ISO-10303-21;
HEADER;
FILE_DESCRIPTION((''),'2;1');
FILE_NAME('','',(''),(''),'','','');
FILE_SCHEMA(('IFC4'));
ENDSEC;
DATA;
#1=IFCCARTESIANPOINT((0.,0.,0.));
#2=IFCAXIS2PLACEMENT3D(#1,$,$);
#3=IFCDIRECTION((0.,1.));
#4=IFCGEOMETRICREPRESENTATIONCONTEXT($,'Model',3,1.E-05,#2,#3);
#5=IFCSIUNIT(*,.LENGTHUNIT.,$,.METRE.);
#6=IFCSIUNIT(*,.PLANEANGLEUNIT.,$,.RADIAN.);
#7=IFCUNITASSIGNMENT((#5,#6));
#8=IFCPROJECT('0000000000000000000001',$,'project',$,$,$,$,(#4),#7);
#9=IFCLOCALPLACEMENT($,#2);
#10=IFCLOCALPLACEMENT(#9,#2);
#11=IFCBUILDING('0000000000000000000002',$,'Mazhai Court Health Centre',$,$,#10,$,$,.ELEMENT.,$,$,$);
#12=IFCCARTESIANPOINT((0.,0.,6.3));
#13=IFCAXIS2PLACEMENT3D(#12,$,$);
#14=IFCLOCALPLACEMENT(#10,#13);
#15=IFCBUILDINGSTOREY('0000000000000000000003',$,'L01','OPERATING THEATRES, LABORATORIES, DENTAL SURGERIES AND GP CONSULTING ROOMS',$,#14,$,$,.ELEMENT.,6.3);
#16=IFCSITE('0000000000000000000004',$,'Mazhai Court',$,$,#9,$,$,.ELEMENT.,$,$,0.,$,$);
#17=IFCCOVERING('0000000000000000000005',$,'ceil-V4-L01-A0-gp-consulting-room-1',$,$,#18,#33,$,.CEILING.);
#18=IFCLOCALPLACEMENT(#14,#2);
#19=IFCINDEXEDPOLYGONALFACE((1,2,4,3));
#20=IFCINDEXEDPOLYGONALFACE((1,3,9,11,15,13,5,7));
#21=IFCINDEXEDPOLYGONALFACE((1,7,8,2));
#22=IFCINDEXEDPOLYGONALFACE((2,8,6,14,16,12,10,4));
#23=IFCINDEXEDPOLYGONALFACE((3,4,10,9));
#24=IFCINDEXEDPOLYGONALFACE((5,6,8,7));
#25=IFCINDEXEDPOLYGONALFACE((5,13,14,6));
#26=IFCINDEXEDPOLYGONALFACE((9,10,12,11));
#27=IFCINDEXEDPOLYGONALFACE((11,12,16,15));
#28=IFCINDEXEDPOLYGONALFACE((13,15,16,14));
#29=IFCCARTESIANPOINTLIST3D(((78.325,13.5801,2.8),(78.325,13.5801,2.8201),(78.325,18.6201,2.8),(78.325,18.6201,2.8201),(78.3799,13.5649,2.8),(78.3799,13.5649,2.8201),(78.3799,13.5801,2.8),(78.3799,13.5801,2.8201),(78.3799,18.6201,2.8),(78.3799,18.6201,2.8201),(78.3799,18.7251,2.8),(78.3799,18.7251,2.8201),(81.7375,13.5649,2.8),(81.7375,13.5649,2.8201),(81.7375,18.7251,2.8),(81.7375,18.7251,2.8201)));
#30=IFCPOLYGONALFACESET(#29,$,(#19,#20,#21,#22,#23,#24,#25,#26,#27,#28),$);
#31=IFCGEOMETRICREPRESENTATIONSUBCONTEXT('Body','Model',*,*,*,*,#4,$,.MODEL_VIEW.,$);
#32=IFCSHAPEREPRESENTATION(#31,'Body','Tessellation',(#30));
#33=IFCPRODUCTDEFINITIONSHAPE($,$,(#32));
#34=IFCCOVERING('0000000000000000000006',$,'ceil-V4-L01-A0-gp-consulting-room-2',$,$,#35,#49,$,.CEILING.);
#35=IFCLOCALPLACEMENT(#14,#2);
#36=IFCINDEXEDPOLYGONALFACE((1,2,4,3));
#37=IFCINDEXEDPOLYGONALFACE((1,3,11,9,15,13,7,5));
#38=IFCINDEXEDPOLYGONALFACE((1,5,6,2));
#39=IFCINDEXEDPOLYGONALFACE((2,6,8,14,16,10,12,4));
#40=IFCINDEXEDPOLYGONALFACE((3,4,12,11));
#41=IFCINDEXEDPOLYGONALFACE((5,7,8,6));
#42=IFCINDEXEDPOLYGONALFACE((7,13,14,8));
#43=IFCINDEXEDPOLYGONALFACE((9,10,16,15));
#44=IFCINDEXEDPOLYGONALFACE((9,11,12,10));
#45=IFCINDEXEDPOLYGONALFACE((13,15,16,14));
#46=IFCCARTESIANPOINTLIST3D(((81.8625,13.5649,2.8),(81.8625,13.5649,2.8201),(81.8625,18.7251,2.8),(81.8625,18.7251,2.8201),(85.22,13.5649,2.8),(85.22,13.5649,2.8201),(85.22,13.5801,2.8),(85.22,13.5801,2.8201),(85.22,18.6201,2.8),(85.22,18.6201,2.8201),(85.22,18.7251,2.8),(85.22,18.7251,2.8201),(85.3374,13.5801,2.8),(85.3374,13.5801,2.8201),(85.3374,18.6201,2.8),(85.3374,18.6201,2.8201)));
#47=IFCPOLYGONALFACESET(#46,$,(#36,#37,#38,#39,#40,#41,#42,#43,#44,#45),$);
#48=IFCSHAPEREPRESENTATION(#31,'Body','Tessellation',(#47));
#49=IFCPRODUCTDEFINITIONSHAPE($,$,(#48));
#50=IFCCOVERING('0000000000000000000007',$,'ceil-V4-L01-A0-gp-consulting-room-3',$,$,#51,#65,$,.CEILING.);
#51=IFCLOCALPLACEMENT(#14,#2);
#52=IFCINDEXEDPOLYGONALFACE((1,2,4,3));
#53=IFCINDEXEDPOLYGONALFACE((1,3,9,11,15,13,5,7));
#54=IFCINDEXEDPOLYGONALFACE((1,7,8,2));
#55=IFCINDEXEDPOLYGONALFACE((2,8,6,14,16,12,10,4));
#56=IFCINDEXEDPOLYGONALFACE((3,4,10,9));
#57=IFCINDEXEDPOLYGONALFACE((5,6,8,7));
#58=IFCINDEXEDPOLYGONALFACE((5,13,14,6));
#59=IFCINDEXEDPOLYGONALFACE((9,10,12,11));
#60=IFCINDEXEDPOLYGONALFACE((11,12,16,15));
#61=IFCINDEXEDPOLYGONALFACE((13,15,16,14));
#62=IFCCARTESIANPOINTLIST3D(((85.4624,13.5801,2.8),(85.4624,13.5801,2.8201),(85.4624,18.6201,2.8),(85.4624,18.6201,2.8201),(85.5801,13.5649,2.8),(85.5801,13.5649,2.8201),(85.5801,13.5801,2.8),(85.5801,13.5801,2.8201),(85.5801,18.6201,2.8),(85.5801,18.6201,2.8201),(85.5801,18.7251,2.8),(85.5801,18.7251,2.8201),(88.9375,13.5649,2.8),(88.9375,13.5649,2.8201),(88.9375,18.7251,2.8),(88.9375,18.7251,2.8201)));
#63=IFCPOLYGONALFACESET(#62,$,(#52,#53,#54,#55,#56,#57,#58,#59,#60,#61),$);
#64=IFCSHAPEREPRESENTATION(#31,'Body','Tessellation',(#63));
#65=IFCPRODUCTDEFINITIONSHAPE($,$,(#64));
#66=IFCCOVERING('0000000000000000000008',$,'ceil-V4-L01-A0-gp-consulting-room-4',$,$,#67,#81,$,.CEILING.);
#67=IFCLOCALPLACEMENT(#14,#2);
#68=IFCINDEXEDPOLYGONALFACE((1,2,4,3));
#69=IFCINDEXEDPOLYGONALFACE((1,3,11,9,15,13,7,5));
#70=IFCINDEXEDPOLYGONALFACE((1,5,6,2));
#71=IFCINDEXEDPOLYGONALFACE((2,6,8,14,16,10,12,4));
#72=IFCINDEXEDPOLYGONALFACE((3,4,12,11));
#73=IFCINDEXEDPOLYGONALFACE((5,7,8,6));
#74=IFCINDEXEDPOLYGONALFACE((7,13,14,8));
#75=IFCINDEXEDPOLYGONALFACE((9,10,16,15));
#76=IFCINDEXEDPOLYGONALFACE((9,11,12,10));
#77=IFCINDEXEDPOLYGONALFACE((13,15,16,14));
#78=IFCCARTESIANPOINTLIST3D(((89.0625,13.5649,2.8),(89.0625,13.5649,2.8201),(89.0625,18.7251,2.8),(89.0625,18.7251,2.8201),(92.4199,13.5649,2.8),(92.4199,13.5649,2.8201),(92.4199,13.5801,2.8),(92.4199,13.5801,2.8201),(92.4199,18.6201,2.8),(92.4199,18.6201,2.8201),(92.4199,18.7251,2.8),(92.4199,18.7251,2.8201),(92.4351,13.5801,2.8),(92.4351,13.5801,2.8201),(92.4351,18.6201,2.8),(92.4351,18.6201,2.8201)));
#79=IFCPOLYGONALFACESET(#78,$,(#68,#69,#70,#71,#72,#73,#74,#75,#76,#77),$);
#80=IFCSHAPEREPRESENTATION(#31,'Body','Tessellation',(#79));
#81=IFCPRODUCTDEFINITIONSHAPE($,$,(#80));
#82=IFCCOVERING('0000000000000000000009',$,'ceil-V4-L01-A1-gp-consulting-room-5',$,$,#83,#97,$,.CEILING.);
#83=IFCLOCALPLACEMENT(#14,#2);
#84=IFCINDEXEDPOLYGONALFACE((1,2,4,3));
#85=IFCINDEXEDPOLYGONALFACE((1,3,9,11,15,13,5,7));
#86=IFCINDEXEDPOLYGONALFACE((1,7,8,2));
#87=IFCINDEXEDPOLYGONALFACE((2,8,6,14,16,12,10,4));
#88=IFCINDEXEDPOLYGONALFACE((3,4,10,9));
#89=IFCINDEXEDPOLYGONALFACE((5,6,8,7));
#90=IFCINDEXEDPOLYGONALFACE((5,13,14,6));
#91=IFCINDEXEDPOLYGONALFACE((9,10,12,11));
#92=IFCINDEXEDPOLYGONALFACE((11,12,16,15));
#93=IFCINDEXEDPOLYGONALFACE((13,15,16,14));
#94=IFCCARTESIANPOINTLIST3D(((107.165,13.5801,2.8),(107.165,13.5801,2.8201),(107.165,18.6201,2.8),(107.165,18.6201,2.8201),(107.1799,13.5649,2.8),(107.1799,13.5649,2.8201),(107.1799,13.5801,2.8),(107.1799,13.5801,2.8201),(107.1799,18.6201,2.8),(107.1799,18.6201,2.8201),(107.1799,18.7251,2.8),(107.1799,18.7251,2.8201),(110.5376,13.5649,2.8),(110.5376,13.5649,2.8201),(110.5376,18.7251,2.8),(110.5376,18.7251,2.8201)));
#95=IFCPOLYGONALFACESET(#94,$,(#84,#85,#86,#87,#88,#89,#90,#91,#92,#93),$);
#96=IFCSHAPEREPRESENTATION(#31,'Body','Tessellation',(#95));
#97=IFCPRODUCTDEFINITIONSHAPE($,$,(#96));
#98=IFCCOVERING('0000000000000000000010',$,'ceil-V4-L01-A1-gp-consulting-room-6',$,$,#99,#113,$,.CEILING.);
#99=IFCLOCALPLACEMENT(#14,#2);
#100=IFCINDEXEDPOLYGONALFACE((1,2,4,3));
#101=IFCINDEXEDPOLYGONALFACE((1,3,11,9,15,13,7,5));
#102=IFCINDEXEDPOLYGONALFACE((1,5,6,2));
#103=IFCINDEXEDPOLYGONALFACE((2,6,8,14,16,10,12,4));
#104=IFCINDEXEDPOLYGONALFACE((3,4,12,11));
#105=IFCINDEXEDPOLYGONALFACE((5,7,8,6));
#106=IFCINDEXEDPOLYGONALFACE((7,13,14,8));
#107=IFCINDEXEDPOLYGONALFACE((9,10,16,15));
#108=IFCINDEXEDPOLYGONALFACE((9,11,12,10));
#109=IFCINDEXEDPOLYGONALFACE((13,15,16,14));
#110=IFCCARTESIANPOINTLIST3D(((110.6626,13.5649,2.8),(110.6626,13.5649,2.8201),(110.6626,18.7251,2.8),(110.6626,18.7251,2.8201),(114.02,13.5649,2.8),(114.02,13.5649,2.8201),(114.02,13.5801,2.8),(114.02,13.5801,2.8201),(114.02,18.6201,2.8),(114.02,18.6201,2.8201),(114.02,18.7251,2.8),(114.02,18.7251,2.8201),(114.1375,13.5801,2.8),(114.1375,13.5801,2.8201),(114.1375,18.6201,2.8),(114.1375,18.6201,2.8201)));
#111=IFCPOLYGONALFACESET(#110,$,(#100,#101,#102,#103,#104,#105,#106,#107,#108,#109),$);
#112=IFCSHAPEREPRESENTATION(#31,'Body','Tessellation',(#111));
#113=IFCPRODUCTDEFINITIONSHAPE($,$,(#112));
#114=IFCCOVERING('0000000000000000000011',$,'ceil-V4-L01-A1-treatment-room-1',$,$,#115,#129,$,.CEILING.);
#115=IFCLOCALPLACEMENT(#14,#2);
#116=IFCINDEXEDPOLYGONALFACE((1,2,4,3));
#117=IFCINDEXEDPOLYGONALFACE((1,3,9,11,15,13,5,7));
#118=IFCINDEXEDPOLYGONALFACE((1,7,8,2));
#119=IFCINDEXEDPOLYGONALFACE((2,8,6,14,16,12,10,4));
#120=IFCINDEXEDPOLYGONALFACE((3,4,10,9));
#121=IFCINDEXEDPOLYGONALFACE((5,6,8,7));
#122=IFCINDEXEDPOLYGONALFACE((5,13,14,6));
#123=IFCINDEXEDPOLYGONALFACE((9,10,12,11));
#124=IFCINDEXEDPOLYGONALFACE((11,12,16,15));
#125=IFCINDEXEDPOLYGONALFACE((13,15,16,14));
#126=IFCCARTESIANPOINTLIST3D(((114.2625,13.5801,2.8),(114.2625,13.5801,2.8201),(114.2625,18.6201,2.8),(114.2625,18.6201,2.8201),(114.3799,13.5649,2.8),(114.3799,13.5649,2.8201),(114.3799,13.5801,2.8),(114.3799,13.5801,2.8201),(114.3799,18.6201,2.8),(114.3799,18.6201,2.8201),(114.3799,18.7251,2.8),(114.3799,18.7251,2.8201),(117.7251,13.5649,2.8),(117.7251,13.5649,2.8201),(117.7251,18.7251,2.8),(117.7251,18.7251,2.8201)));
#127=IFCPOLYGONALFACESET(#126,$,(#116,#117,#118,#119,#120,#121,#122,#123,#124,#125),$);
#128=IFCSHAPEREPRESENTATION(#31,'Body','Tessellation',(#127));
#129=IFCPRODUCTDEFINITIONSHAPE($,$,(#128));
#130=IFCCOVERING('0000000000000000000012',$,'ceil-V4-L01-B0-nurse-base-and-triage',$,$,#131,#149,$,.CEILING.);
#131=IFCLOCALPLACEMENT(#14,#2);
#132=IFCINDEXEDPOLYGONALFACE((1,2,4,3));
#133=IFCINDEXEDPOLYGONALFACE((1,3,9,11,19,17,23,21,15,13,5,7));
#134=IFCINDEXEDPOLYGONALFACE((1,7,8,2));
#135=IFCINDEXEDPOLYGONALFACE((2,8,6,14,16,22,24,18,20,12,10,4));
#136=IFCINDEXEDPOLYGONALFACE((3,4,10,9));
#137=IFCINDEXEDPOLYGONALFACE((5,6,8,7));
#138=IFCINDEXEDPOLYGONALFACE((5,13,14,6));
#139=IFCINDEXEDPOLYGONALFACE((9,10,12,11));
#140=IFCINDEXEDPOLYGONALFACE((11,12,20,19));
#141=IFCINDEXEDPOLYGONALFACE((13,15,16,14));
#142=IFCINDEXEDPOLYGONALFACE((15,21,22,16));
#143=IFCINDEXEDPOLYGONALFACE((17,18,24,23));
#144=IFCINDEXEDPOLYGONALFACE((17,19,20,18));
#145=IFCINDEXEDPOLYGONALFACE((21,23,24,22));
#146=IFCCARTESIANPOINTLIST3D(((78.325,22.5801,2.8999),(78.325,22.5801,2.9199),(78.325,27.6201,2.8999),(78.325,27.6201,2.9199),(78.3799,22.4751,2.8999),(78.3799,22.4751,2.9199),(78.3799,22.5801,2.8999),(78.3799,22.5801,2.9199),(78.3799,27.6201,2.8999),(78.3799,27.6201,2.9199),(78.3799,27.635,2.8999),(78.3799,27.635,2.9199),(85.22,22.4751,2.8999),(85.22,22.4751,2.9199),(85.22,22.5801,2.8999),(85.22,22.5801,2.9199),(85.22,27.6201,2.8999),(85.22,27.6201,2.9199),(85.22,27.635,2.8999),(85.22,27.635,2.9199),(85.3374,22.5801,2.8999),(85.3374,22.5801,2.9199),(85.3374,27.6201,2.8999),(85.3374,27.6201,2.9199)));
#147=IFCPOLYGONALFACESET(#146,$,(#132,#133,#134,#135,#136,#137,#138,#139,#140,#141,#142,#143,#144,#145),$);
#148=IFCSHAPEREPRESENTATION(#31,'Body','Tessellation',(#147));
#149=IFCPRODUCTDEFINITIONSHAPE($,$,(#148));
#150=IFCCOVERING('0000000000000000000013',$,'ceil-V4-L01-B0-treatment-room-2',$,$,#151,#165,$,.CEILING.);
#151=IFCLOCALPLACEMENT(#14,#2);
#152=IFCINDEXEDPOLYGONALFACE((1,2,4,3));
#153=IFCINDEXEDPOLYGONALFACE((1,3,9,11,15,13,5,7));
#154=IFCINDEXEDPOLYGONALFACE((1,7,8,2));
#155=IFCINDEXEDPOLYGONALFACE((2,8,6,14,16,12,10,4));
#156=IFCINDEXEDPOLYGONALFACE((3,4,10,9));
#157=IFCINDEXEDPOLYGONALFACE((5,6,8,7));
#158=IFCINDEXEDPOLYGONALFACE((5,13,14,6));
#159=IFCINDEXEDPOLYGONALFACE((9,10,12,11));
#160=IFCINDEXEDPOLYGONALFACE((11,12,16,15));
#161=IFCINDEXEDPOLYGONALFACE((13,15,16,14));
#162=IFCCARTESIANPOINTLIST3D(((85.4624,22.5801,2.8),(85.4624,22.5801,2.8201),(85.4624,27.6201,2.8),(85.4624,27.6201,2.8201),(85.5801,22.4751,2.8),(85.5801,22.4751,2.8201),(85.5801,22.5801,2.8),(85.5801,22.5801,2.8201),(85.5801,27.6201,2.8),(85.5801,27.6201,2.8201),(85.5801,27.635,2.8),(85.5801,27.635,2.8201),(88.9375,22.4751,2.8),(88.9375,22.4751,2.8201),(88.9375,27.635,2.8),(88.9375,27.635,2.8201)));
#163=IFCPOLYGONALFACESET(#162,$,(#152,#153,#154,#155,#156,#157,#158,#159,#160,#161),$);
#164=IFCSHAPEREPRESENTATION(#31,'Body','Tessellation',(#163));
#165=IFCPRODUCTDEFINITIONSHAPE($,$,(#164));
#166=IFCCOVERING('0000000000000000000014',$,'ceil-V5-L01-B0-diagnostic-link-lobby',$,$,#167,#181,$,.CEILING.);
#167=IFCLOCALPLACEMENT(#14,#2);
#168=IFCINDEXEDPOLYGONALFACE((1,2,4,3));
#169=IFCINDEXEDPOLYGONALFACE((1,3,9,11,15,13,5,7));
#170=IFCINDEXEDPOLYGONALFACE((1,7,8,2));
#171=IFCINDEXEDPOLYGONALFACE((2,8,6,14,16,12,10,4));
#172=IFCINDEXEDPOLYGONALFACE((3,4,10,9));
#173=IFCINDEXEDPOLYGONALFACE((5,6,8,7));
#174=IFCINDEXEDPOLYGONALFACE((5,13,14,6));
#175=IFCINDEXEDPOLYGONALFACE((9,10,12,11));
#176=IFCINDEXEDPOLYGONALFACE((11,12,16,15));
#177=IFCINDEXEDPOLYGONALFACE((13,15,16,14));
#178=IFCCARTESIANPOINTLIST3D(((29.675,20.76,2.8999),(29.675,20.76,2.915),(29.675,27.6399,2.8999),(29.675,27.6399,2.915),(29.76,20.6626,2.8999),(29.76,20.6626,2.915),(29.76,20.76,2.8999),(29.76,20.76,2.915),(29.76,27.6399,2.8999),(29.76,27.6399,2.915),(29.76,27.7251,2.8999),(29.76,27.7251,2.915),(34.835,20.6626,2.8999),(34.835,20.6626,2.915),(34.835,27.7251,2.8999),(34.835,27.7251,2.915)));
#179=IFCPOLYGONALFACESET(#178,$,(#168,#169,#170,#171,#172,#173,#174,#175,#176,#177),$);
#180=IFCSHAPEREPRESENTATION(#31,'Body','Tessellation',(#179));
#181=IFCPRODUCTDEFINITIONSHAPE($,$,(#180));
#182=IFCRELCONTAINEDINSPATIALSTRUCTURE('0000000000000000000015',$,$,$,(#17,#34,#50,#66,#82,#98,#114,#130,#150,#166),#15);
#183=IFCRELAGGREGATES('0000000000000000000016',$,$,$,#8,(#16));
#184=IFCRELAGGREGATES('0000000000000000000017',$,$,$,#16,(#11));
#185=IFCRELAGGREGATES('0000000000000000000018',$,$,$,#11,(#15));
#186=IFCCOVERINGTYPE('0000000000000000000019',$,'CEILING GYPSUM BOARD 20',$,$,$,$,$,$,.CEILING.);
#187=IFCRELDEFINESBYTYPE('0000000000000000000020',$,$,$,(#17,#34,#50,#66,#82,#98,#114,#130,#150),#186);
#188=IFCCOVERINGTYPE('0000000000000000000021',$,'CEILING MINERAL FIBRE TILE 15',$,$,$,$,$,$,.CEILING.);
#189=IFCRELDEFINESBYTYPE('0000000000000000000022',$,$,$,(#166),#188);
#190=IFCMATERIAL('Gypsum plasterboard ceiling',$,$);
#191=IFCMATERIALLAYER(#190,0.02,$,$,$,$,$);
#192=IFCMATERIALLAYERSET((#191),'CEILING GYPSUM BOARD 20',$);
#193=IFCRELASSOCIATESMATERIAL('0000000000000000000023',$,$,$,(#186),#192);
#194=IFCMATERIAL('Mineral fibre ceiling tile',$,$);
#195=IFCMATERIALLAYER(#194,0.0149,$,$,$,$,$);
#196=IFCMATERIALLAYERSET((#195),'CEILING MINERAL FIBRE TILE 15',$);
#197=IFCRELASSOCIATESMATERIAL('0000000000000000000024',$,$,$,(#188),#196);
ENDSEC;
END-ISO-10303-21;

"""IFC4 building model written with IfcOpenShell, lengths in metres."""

from ifc_helpers import new_model, si_unit, direction, frame, origin, place, context, subcontext, project, spatial, polyline, outline, extrude, material, layer, layer_set, type_object, element, save


model = new_model("IFC4")

# Units and contexts
model_context = context("Model", 3, precision=1e-05, world=origin(), true_north=direction((0.0, 1.0)))
body_context = subcontext(model_context, "Body", "Model", "MODEL_VIEW")
ifc_project = project(units=[si_unit("LENGTHUNIT", "METRE"), si_unit("PLANEANGLEUNIT", "RADIAN")], contexts=[model_context])

# Site, building, storey
site_placement = place(None, origin())
site = spatial("IfcSite", under=ifc_project, at=site_placement, Name="Mazhai Court", CompositionType="ELEMENT", RefElevation=0.0)
building_placement = place(site_placement, origin())
building = spatial("IfcBuilding", under=site, at=building_placement, Name="Mazhai Court Health Centre", CompositionType="ELEMENT")
storey_placement = place(building_placement, frame((0.0, 0.0, 6.3)))
storey = spatial("IfcBuildingStorey", under=building, at=storey_placement, Name="L01", Description="OPERATING THEATRES, LABORATORIES, DENTAL SURGERIES AND GP CONSULTING ROOMS", CompositionType="ELEMENT", Elevation=6.3)

# Coverings
ifc_material_1 = material(Name="Gypsum plasterboard ceiling")
ifc_layer_1 = layer(ifc_material_1, 0.02)
ifc_layer_set_1 = layer_set([ifc_layer_1], Name="CEILING GYPSUM BOARD 20")
covering_type_1 = type_object("IfcCoveringType", Name="CEILING GYPSUM BOARD 20", PredefinedType="CEILING", material=ifc_layer_set_1)
covering_1_placement = place(storey_placement, frame((0.0, 0.0, 2.8)))
element("IfcCovering", 1, at=covering_1_placement, inside=storey, type_object=covering_type_1, Name="ceil-V4-L01-A0-gp-consulting-room-1", PredefinedType="CEILING", context=body_context, shape_type="SweptSolid", body=[
    extrude(outline(polyline([(78.3799, 18.7251), (78.3799, 18.6201), (78.325, 18.6201), (78.325, 13.5801), (78.3799, 13.5801), (78.3799, 13.5649), (81.7375, 13.5649), (81.7375, 18.7251), (78.3799, 18.7251)])), origin(), (0.0, 0.0, 1.0), 0.02),
])
covering_2_placement = place(storey_placement, frame((0.0, 0.0, 2.8)))
element("IfcCovering", 2, at=covering_2_placement, inside=storey, type_object=covering_type_1, Name="ceil-V4-L01-A0-gp-consulting-room-2", PredefinedType="CEILING", context=body_context, shape_type="SweptSolid", body=[
    extrude(outline(polyline([(85.3374, 18.6201), (85.22, 18.6201), (85.22, 18.7251), (81.8625, 18.7251), (81.8625, 13.5649), (85.22, 13.5649), (85.22, 13.5801), (85.3374, 13.5801), (85.3374, 18.6201)])), origin(), (0.0, 0.0, 1.0), 0.02),
])
covering_3_placement = place(storey_placement, frame((0.0, 0.0, 2.8)))
element("IfcCovering", 3, at=covering_3_placement, inside=storey, type_object=covering_type_1, Name="ceil-V4-L01-A0-gp-consulting-room-3", PredefinedType="CEILING", context=body_context, shape_type="SweptSolid", body=[
    extrude(outline(polyline([(85.5801, 18.7251), (85.5801, 18.6201), (85.4624, 18.6201), (85.4624, 13.5801), (85.5801, 13.5801), (85.5801, 13.5649), (88.9375, 13.5649), (88.9375, 18.7251), (85.5801, 18.7251)])), origin(), (0.0, 0.0, 1.0), 0.02),
])
covering_4_placement = place(storey_placement, frame((0.0, 0.0, 2.8)))
element("IfcCovering", 4, at=covering_4_placement, inside=storey, type_object=covering_type_1, Name="ceil-V4-L01-A0-gp-consulting-room-4", PredefinedType="CEILING", context=body_context, shape_type="SweptSolid", body=[
    extrude(outline(polyline([(92.4351, 18.6201), (92.4199, 18.6201), (92.4199, 18.7251), (89.0625, 18.7251), (89.0625, 13.5649), (92.4199, 13.5649), (92.4199, 13.5801), (92.4351, 13.5801), (92.4351, 18.6201)])), origin(), (0.0, 0.0, 1.0), 0.02),
])
covering_5_placement = place(storey_placement, frame((0.0, 0.0, 2.8)))
element("IfcCovering", 5, at=covering_5_placement, inside=storey, type_object=covering_type_1, Name="ceil-V4-L01-A1-gp-consulting-room-5", PredefinedType="CEILING", context=body_context, shape_type="SweptSolid", body=[
    extrude(outline(polyline([(107.1799, 18.7251), (107.1799, 18.6201), (107.165, 18.6201), (107.165, 13.5801), (107.1799, 13.5801), (107.1799, 13.5649), (110.5376, 13.5649), (110.5376, 18.7251), (107.1799, 18.7251)])), origin(), (0.0, 0.0, 1.0), 0.02),
])
covering_6_placement = place(storey_placement, frame((0.0, 0.0, 2.8)))
element("IfcCovering", 6, at=covering_6_placement, inside=storey, type_object=covering_type_1, Name="ceil-V4-L01-A1-gp-consulting-room-6", PredefinedType="CEILING", context=body_context, shape_type="SweptSolid", body=[
    extrude(outline(polyline([(114.1375, 18.6201), (114.02, 18.6201), (114.02, 18.7251), (110.6626, 18.7251), (110.6626, 13.5649), (114.02, 13.5649), (114.02, 13.5801), (114.1375, 13.5801), (114.1375, 18.6201)])), origin(), (0.0, 0.0, 1.0), 0.02),
])
covering_7_placement = place(storey_placement, frame((0.0, 0.0, 2.8)))
element("IfcCovering", 7, at=covering_7_placement, inside=storey, type_object=covering_type_1, Name="ceil-V4-L01-A1-treatment-room-1", PredefinedType="CEILING", context=body_context, shape_type="SweptSolid", body=[
    extrude(outline(polyline([(114.3799, 18.7251), (114.3799, 18.6201), (114.2625, 18.6201), (114.2625, 13.5801), (114.3799, 13.5801), (114.3799, 13.5649), (117.7251, 13.5649), (117.7251, 18.7251), (114.3799, 18.7251)])), origin(), (0.0, 0.0, 1.0), 0.02),
])
covering_8_placement = place(storey_placement, frame((0.0, 0.0, 2.8999)))
element("IfcCovering", 8, at=covering_8_placement, inside=storey, type_object=covering_type_1, Name="ceil-V4-L01-B0-nurse-base-and-triage", PredefinedType="CEILING", context=body_context, shape_type="SweptSolid", body=[
    extrude(outline(polyline([(85.3374, 27.6201), (85.22, 27.6201), (85.22, 27.635), (78.3799, 27.635), (78.3799, 27.6201), (78.325, 27.6201), (78.325, 22.5801), (78.3799, 22.5801), (78.3799, 22.4751), (85.22, 22.4751), (85.22, 22.5801), (85.3374, 22.5801), (85.3374, 27.6201)])), origin(), (0.0, 0.0, 1.0), 0.02),
])
covering_9_placement = place(storey_placement, frame((0.0, 0.0, 2.8)))
element("IfcCovering", 9, at=covering_9_placement, inside=storey, type_object=covering_type_1, Name="ceil-V4-L01-B0-treatment-room-2", PredefinedType="CEILING", context=body_context, shape_type="SweptSolid", body=[
    extrude(outline(polyline([(85.5801, 27.635), (85.5801, 27.6201), (85.4624, 27.6201), (85.4624, 22.5801), (85.5801, 22.5801), (85.5801, 22.4751), (88.9375, 22.4751), (88.9375, 27.635), (85.5801, 27.635)])), origin(), (0.0, 0.0, 1.0), 0.02),
])
ifc_material_2 = material(Name="Mineral fibre ceiling tile")
ifc_layer_2 = layer(ifc_material_2, 0.0149)
ifc_layer_set_2 = layer_set([ifc_layer_2], Name="CEILING MINERAL FIBRE TILE 15")
covering_type_2 = type_object("IfcCoveringType", Name="CEILING MINERAL FIBRE TILE 15", PredefinedType="CEILING", material=ifc_layer_set_2)
covering_10_placement = place(storey_placement, frame((0.0, 0.0, 2.8999)))
element("IfcCovering", 10, at=covering_10_placement, inside=storey, type_object=covering_type_2, Name="ceil-V5-L01-B0-diagnostic-link-lobby", PredefinedType="CEILING", context=body_context, shape_type="SweptSolid", body=[
    extrude(outline(polyline([(29.76, 27.7251), (29.76, 27.6399), (29.675, 27.6399), (29.675, 20.76), (29.76, 20.76), (29.76, 20.6626), (34.835, 20.6626), (34.835, 27.7251), (29.76, 27.7251)])), origin(), (0.0, 0.0, 1.0), 0.0151),
])

save(model, "model.ifc")
